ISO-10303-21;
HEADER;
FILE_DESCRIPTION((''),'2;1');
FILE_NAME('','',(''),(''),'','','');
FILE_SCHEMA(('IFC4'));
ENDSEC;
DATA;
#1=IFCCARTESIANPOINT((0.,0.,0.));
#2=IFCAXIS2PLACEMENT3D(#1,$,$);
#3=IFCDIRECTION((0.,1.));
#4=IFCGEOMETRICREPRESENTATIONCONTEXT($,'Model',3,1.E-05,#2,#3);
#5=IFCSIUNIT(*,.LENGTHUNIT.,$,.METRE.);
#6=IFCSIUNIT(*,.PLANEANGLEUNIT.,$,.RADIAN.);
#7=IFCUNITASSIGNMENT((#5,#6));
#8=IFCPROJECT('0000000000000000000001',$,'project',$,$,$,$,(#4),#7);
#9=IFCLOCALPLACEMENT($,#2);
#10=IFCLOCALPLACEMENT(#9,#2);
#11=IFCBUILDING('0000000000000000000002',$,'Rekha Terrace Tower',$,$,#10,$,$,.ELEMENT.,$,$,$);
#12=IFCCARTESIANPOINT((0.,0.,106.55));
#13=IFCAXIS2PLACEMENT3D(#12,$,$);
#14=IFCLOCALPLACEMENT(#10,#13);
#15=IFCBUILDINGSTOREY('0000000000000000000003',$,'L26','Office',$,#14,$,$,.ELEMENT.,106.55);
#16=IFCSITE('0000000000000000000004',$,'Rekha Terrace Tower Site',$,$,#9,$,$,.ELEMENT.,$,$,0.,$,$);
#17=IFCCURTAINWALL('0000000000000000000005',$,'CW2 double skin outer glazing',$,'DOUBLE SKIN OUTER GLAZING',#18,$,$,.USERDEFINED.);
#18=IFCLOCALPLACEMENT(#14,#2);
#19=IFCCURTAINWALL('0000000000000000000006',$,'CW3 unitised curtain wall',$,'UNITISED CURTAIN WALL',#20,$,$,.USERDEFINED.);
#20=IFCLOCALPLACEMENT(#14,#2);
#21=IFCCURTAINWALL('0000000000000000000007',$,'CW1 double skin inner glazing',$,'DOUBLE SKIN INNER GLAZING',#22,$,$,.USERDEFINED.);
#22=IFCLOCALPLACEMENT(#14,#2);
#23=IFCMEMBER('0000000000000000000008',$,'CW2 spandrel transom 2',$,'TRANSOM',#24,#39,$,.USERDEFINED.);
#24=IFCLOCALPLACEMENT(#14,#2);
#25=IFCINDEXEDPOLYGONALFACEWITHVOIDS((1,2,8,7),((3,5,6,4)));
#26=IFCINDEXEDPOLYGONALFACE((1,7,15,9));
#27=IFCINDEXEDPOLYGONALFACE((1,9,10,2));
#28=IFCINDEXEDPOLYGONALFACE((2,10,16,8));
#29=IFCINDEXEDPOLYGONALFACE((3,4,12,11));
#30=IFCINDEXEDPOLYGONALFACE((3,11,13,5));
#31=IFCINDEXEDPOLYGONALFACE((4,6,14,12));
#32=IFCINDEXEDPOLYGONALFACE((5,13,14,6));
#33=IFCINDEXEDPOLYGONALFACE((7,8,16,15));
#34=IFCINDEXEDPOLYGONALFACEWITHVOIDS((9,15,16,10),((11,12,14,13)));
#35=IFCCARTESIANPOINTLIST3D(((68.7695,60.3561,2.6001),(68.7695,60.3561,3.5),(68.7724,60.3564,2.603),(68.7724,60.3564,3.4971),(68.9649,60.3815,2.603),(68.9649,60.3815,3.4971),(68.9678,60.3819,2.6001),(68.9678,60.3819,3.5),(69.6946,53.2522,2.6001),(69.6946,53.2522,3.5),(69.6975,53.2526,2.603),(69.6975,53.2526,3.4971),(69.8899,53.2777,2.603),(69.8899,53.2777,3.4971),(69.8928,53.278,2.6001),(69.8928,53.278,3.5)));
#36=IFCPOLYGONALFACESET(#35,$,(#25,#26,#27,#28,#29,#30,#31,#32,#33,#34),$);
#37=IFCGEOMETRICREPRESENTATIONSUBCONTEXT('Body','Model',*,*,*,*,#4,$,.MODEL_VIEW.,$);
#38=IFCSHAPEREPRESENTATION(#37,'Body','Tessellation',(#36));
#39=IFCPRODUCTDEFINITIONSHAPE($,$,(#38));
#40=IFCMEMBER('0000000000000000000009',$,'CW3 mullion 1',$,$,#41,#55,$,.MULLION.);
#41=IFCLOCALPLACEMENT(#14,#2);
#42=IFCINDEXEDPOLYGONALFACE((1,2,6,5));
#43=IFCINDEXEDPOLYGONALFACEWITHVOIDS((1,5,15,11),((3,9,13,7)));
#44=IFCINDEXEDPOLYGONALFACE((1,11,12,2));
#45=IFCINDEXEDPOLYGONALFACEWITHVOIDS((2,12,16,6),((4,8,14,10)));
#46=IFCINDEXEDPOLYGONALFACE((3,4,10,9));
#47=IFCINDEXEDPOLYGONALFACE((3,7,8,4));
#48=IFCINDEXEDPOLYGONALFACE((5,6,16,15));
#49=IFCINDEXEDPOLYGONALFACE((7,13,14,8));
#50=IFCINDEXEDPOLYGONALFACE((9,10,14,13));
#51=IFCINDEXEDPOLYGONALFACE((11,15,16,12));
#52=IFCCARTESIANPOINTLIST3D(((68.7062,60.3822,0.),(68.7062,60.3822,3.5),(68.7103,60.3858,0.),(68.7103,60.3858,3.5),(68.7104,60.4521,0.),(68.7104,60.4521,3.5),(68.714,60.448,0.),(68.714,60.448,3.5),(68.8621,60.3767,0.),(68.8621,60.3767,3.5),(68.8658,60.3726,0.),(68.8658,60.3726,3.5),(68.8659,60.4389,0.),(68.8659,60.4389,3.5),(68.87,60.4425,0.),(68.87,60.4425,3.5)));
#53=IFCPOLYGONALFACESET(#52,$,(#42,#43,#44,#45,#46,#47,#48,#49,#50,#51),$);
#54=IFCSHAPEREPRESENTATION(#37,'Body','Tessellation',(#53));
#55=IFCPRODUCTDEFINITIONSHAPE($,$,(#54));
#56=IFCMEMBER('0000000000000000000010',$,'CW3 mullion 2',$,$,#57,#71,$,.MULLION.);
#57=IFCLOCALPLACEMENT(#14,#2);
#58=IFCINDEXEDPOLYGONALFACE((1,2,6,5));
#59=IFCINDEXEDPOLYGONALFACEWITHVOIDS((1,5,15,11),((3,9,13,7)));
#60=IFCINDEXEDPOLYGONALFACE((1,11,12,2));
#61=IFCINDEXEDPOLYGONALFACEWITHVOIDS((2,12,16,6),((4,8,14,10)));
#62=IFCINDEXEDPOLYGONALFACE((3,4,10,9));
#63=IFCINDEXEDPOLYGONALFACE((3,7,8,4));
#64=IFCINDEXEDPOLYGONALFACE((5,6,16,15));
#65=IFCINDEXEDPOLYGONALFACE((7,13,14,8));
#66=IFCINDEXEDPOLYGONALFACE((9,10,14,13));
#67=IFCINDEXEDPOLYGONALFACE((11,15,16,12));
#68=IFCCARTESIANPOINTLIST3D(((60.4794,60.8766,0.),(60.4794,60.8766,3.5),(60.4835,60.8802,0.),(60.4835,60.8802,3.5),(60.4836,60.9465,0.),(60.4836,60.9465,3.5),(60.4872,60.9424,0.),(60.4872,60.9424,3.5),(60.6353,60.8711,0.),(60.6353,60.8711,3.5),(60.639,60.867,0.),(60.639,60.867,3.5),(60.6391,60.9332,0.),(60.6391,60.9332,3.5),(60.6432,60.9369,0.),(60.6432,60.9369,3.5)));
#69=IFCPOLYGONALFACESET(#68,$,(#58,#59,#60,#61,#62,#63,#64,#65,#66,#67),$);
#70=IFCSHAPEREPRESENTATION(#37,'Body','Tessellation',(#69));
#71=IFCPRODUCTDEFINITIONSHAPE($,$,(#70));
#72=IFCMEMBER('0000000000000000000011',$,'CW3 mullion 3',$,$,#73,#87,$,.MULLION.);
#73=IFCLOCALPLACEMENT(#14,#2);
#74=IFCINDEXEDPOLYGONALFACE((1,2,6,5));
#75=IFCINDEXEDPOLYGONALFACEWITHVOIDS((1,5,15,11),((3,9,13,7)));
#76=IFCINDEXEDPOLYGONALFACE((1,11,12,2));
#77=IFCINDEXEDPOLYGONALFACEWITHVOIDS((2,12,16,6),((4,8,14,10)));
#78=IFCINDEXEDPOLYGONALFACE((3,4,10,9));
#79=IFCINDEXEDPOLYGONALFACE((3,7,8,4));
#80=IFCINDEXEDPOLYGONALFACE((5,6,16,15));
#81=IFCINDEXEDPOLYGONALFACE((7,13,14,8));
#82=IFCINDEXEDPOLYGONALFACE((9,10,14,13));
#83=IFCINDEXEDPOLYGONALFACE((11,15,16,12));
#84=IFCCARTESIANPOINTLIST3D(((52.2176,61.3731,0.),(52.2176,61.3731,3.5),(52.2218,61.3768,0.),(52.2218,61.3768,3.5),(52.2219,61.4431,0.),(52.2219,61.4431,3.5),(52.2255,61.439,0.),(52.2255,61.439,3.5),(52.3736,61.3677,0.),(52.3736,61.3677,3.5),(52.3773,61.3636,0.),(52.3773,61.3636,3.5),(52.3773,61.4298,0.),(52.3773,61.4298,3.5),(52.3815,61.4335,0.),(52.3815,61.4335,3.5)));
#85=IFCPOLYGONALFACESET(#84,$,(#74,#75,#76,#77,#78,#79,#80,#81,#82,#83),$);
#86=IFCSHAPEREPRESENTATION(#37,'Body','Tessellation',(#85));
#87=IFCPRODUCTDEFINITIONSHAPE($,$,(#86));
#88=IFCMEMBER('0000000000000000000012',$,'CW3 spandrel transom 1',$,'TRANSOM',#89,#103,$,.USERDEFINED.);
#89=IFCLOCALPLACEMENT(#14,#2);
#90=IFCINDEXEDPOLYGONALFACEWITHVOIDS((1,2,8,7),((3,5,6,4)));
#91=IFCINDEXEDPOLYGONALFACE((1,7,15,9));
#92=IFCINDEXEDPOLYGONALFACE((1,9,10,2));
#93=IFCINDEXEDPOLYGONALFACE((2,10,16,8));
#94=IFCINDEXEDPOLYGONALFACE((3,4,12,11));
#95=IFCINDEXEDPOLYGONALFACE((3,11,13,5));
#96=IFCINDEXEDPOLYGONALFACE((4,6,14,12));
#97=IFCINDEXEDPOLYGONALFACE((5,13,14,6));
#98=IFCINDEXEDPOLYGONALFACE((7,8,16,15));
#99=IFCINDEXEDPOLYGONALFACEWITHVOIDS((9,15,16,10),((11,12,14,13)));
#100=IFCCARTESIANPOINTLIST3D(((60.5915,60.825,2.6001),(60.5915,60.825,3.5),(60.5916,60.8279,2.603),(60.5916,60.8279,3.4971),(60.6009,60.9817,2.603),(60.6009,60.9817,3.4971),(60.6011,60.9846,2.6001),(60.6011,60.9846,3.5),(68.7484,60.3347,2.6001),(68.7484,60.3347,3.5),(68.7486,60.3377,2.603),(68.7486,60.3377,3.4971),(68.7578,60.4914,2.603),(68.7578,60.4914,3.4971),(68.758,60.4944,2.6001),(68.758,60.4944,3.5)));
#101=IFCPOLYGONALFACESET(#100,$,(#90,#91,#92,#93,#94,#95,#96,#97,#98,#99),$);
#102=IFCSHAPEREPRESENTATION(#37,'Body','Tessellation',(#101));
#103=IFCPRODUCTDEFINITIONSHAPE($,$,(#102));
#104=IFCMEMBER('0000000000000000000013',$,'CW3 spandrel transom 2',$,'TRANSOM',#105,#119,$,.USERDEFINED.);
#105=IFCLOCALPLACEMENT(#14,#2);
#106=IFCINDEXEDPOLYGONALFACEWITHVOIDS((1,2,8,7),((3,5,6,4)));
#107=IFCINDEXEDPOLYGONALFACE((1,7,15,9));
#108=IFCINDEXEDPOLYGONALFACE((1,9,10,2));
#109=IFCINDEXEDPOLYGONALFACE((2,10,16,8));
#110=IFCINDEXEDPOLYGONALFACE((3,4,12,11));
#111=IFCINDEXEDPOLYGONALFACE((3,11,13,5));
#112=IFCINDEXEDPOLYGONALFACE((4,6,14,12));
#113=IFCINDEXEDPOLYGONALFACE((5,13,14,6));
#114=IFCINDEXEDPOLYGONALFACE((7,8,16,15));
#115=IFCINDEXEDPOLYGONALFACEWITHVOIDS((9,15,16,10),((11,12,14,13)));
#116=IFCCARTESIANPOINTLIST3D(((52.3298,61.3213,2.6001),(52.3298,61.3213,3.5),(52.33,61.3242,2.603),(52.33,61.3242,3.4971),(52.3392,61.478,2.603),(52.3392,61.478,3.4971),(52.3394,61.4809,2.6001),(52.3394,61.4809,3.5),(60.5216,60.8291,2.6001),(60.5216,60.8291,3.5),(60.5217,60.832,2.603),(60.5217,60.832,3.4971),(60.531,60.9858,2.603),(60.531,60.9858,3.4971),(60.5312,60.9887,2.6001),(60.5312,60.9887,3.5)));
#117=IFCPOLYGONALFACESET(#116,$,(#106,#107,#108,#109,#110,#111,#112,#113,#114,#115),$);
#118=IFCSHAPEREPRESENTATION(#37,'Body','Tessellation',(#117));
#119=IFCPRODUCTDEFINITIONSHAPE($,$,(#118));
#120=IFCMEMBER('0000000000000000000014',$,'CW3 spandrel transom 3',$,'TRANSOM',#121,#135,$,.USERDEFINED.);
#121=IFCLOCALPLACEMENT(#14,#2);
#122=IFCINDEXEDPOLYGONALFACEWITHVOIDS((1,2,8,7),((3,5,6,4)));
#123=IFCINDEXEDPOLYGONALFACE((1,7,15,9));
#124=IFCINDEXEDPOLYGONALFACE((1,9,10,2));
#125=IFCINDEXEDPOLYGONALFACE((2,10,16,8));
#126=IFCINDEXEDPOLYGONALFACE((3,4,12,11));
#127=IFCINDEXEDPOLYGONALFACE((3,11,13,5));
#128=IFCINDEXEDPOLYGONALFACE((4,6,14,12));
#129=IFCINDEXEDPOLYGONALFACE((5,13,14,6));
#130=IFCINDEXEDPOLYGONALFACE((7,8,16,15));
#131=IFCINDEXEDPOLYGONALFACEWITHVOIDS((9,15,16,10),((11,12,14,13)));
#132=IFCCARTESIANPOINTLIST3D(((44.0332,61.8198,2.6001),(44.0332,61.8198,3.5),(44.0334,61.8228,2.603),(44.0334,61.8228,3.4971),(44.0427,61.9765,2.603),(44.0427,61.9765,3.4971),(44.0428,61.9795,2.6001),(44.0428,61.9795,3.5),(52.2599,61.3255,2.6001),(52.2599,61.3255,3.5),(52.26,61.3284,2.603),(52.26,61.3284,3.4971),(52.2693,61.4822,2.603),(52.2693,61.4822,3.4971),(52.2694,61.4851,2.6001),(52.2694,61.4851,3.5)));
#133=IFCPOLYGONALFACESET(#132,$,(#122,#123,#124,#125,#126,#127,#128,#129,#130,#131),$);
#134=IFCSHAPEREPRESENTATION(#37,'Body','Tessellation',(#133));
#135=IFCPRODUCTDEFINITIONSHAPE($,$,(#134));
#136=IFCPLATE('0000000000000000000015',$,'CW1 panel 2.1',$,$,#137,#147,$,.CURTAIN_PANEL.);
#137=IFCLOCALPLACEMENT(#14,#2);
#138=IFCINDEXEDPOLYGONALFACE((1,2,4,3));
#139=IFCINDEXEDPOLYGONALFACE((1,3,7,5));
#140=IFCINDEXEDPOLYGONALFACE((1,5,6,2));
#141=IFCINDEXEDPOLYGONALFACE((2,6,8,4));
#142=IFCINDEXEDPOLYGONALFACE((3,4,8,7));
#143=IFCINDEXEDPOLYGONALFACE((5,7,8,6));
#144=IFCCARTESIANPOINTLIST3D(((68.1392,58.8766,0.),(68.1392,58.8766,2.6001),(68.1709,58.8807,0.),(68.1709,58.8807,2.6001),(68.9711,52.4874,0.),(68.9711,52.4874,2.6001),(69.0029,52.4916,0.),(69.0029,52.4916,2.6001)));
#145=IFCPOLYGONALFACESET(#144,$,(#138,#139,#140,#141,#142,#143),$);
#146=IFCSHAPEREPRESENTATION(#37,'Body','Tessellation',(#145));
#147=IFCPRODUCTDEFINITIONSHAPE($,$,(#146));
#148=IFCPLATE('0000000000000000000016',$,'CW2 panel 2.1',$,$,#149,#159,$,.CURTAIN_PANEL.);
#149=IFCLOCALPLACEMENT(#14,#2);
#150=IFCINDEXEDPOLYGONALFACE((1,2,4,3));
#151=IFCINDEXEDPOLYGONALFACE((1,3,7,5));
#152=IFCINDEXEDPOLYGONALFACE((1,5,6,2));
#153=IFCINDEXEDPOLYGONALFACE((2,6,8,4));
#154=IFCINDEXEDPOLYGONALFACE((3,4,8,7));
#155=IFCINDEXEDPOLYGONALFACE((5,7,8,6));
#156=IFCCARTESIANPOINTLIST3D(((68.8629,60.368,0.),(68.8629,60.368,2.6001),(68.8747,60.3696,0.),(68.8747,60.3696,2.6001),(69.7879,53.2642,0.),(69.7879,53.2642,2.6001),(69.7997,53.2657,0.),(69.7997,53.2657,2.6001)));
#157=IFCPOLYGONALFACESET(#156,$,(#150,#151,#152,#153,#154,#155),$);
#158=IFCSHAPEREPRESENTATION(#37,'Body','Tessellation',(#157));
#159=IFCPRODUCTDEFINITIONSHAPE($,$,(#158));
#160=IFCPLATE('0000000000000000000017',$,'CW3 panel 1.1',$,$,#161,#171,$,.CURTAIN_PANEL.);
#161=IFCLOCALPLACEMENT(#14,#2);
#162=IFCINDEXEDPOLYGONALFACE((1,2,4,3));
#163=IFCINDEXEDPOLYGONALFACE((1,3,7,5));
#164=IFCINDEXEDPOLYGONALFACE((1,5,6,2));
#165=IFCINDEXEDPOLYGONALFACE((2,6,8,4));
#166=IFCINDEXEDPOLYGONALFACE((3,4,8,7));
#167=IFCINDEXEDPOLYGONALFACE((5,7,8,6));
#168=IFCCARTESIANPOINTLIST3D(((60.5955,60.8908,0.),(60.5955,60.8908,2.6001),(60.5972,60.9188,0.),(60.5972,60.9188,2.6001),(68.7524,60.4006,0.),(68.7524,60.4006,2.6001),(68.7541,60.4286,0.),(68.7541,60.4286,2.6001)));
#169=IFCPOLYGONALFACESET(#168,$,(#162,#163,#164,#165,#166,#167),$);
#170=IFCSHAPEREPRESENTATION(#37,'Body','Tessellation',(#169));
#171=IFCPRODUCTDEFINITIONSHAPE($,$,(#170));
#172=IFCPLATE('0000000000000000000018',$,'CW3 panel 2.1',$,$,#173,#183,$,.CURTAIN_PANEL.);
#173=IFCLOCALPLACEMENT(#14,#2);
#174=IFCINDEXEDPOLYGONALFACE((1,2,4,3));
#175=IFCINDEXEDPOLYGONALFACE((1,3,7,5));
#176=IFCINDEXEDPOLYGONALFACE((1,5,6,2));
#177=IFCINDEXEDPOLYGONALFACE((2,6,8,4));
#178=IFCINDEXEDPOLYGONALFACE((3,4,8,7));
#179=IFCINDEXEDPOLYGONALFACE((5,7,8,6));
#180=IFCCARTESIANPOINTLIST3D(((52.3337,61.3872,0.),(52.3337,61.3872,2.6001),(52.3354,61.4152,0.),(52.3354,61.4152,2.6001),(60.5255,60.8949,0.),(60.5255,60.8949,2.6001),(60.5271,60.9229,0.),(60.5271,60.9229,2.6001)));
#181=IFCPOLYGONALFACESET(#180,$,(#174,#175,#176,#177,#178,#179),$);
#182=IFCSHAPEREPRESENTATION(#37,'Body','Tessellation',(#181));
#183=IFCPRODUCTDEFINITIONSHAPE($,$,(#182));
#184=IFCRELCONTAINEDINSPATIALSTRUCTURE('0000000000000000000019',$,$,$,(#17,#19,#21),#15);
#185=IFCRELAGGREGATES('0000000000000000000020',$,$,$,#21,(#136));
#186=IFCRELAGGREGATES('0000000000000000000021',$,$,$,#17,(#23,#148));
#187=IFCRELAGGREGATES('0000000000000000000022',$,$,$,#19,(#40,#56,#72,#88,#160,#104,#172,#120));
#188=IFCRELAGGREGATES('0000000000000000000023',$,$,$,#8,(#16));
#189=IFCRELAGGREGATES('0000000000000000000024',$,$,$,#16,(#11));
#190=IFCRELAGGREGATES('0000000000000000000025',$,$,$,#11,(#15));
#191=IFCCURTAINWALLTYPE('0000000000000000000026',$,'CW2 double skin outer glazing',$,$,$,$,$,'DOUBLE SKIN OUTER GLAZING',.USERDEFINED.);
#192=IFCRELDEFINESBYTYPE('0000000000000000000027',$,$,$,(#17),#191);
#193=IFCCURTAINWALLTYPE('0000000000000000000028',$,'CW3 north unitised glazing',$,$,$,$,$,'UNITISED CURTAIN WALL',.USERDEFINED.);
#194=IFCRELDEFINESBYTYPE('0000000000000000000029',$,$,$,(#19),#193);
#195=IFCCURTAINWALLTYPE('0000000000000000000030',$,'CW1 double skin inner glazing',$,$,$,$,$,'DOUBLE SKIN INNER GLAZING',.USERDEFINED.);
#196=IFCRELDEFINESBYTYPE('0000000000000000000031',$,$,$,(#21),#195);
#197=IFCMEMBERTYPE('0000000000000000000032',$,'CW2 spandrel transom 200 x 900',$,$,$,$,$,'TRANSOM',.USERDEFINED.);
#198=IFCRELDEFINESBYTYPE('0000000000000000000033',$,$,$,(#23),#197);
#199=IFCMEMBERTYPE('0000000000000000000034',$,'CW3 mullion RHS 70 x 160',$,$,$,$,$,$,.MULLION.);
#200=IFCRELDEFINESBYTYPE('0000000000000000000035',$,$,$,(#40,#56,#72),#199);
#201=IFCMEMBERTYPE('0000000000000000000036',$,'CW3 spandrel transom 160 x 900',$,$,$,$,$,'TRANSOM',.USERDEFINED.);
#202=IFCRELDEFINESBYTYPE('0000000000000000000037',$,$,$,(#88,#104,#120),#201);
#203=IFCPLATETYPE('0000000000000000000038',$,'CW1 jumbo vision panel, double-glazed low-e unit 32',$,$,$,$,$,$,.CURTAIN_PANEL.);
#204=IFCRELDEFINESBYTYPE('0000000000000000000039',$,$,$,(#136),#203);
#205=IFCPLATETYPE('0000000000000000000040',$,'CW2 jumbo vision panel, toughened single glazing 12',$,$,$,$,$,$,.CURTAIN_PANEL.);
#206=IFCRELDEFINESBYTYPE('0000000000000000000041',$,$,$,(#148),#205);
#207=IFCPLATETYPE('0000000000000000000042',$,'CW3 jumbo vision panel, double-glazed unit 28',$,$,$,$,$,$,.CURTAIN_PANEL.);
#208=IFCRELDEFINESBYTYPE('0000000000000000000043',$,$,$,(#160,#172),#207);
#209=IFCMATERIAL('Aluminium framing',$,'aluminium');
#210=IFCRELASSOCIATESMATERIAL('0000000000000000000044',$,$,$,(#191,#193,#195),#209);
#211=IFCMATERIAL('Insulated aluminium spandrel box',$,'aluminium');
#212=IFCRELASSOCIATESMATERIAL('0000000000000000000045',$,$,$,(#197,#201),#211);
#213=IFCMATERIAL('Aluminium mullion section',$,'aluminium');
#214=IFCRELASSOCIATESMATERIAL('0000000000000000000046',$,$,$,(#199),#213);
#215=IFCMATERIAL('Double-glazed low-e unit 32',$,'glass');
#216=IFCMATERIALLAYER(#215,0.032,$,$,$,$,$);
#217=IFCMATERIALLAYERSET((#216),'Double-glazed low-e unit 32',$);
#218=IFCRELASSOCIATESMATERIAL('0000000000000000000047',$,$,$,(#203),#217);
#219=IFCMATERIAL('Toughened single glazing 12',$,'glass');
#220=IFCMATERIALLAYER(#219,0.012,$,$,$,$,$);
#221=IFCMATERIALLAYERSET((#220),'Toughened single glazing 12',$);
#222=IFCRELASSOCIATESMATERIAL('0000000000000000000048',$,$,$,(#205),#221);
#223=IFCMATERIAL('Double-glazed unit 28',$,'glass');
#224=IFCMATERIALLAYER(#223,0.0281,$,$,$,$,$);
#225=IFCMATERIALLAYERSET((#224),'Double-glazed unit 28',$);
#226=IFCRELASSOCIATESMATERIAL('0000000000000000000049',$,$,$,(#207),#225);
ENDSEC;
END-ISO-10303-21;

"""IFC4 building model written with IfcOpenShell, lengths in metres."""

from ifc_helpers import new_model, si_unit, direction, frame, origin, origin_2d, place, context, subcontext, project, spatial, rectangle, hollow_rectangle, extrude, material, layer, layer_set, material_profile, profile_set, type_object, element, aggregate, save


model = new_model("IFC4")

# Units and contexts
model_context = context("Model", 3, precision=1e-05, world=origin(), true_north=direction((0.0, 1.0)))
body_context = subcontext(model_context, "Body", "Model", "MODEL_VIEW")
ifc_project = project(units=[si_unit("LENGTHUNIT", "METRE"), si_unit("PLANEANGLEUNIT", "RADIAN")], contexts=[model_context])

# Site, building, storey
site_placement = place(None, origin())
site = spatial("IfcSite", under=ifc_project, at=site_placement, Name="Rekha Terrace Tower Site", CompositionType="ELEMENT", RefElevation=0.0)
building_placement = place(site_placement, origin())
building = spatial("IfcBuilding", under=site, at=building_placement, Name="Rekha Terrace Tower", CompositionType="ELEMENT")
storey_placement = place(building_placement, frame((0.0, 0.0, 106.55)))
storey = spatial("IfcBuildingStorey", under=building, at=storey_placement, Name="L26", Description="Office", CompositionType="ELEMENT", Elevation=106.55)

# Curtain wall
ifc_material_1 = material(Name="Aluminium framing", Category="aluminium")
curtain_wall_type_1 = type_object("IfcCurtainWallType", Name="CW2 double skin outer glazing", ElementType="DOUBLE SKIN OUTER GLAZING", PredefinedType="USERDEFINED", material=ifc_material_1)
curtain_wall_1_placement = place(storey_placement, origin())
curtain_wall_1 = element("IfcCurtainWall", 1, at=curtain_wall_1_placement, inside=storey, type_object=curtain_wall_type_1, Name="CW2 double skin outer glazing", ObjectType="DOUBLE SKIN OUTER GLAZING", PredefinedType="USERDEFINED")

# Curtain walls
curtain_wall_type_2 = type_object("IfcCurtainWallType", Name="CW3 north unitised glazing", ElementType="UNITISED CURTAIN WALL", PredefinedType="USERDEFINED", material=ifc_material_1)
curtain_wall_2_placement = place(storey_placement, origin())
curtain_wall_2 = element("IfcCurtainWall", 2, at=curtain_wall_2_placement, inside=storey, type_object=curtain_wall_type_2, Name="CW3 unitised curtain wall", ObjectType="UNITISED CURTAIN WALL", PredefinedType="USERDEFINED")
curtain_wall_type_3 = type_object("IfcCurtainWallType", Name="CW1 double skin inner glazing", ElementType="DOUBLE SKIN INNER GLAZING", PredefinedType="USERDEFINED", material=ifc_material_1)
curtain_wall_3_placement = place(storey_placement, origin())
curtain_wall_3 = element("IfcCurtainWall", 3, at=curtain_wall_3_placement, inside=storey, type_object=curtain_wall_type_3, Name="CW1 double skin inner glazing", ObjectType="DOUBLE SKIN INNER GLAZING", PredefinedType="USERDEFINED")
ifc_material_2 = material(Name="Aluminium mullion section", Category="aluminium")
ifc_material_3 = material(Name="Insulated aluminium spandrel box", Category="aluminium")

# Members
ifc_material_profile_1 = material_profile(ifc_material_3, hollow_rectangle(XDim=0.2, YDim=0.8999, WallThickness=0.0029, at=origin_2d()), Name="AL SPANDREL BOX 200x900")
ifc_profile_set_1 = profile_set([ifc_material_profile_1], Name="Insulated aluminium spandrel box")
member_type_1 = type_object("IfcMemberType", Name="CW2 spandrel transom 200 x 900", ElementType="TRANSOM", PredefinedType="USERDEFINED", material=ifc_profile_set_1)
member_1_placement = place(storey_placement, frame((69.7937, 53.2651, 3.05), z_axis=(-0.129129, 0.991628, 0.0), x_axis=(-0.991628, -0.129129, 0.0)))
member_1 = element("IfcMember", 4, at=member_1_placement, type_object=member_type_1, Name="CW2 spandrel transom 2", ObjectType="TRANSOM", PredefinedType="USERDEFINED", context=body_context, shape_type="SweptSolid", body=[
    extrude(hollow_rectangle(XDim=0.2, YDim=0.8999, WallThickness=0.0029, at=origin_2d()), origin(), (0.0, 0.0, 1.0), 7.1638),
])
ifc_material_profile_2 = material_profile(ifc_material_2, hollow_rectangle(XDim=0.0701, YDim=0.1599, WallThickness=0.0039, at=origin_2d()), Name="AL RHS 70x160")
ifc_profile_set_2 = profile_set([ifc_material_profile_2], Name="Aluminium mullion section")
member_type_2 = type_object("IfcMemberType", Name="CW3 mullion RHS 70 x 160", PredefinedType="MULLION", material=ifc_profile_set_2)
member_2_placement = place(storey_placement, frame((68.7881, 60.4124, 0.0), z_axis=(0.0, 0.0, 1.0), x_axis=(-0.059988, -0.998199, 0.0)))
member_2 = element("IfcMember", 5, at=member_2_placement, type_object=member_type_2, Name="CW3 mullion 1", PredefinedType="MULLION", context=body_context, shape_type="SweptSolid", body=[
    extrude(hollow_rectangle(XDim=0.0701, YDim=0.1599, WallThickness=0.0039, at=origin_2d()), origin(), (0.0, 0.0, 1.0), 3.5),
])
member_3_placement = place(storey_placement, frame((60.5613, 60.9067, 0.0), z_axis=(0.0, 0.0, 1.0), x_axis=(-0.059988, -0.998199, 0.0)))
member_3 = element("IfcMember", 6, at=member_3_placement, type_object=member_type_2, Name="CW3 mullion 2", PredefinedType="MULLION", context=body_context, shape_type="SweptSolid", body=[
    extrude(hollow_rectangle(XDim=0.0701, YDim=0.1599, WallThickness=0.0039, at=origin_2d()), origin(), (0.0, 0.0, 1.0), 3.5),
])
member_4_placement = place(storey_placement, frame((52.2996, 61.4033, 0.0), z_axis=(0.0, 0.0, 1.0), x_axis=(-0.059988, -0.998199, 0.0)))
member_4 = element("IfcMember", 7, at=member_4_placement, type_object=member_type_2, Name="CW3 mullion 3", PredefinedType="MULLION", context=body_context, shape_type="SweptSolid", body=[
    extrude(hollow_rectangle(XDim=0.0701, YDim=0.1599, WallThickness=0.0039, at=origin_2d()), origin(), (0.0, 0.0, 1.0), 3.5),
])
ifc_material_profile_3 = material_profile(ifc_material_3, hollow_rectangle(XDim=0.1599, YDim=0.8999, WallThickness=0.0029, at=origin_2d()), Name="AL SPANDREL BOX 160x900")
ifc_profile_set_3 = profile_set([ifc_material_profile_3], Name="Insulated aluminium spandrel box")
member_type_3 = type_object("IfcMemberType", Name="CW3 spandrel transom 160 x 900", ElementType="TRANSOM", PredefinedType="USERDEFINED", material=ifc_profile_set_3)
member_5_placement = place(storey_placement, frame((68.7532, 60.4146, 3.05), z_axis=(-0.998199, 0.059992, 0.0), x_axis=(-0.059992, -0.998199, 0.0)))
member_5 = element("IfcMember", 8, at=member_5_placement, type_object=member_type_3, Name="CW3 spandrel transom 1", ObjectType="TRANSOM", PredefinedType="USERDEFINED", context=body_context, shape_type="SweptSolid", body=[
    extrude(hollow_rectangle(XDim=0.1599, YDim=0.8999, WallThickness=0.0029, at=origin_2d()), origin(), (0.0, 0.0, 1.0), 8.1716),
])
member_6_placement = place(storey_placement, frame((60.5264, 60.9089, 3.05), z_axis=(-0.9982, 0.059976, 0.0), x_axis=(-0.059976, -0.9982, 0.0)))
member_6 = element("IfcMember", 9, at=member_6_placement, type_object=member_type_3, Name="CW3 spandrel transom 2", ObjectType="TRANSOM", PredefinedType="USERDEFINED", context=body_context, shape_type="SweptSolid", body=[
    extrude(hollow_rectangle(XDim=0.1599, YDim=0.8999, WallThickness=0.0029, at=origin_2d()), origin(), (0.0, 0.0, 1.0), 8.2065),
])
member_7_placement = place(storey_placement, frame((52.2646, 61.4053, 3.05), z_axis=(-0.998199, 0.059988, 0.0), x_axis=(-0.059988, -0.998199, 0.0)))
member_7 = element("IfcMember", 10, at=member_7_placement, type_object=member_type_3, Name="CW3 spandrel transom 3", ObjectType="TRANSOM", PredefinedType="USERDEFINED", context=body_context, shape_type="SweptSolid", body=[
    extrude(hollow_rectangle(XDim=0.1599, YDim=0.8999, WallThickness=0.0029, at=origin_2d()), origin(), (0.0, 0.0, 1.0), 8.2415),
])

# Plates
ifc_material_4 = material(Name="Double-glazed low-e unit 32", Category="glass")
ifc_layer_1 = layer(ifc_material_4, 0.032)
ifc_layer_set_1 = layer_set([ifc_layer_1], Name="Double-glazed low-e unit 32")
plate_type_1 = type_object("IfcPlateType", Name="CW1 jumbo vision panel, double-glazed low-e unit 32", PredefinedType="CURTAIN_PANEL", material=ifc_layer_set_1)
plate_1_placement = place(storey_placement, frame((68.571, 55.6841, 0.0), z_axis=(0.0, 0.0, 1.0), x_axis=(-0.129118, 0.991629, 0.0)))
plate_1 = element("IfcPlate", 11, at=plate_1_placement, type_object=plate_type_1, Name="CW1 panel 2.1", PredefinedType="CURTAIN_PANEL", context=body_context, shape_type="SweptSolid", body=[
    extrude(rectangle(XDim=6.4431, YDim=0.032, at=origin_2d()), origin(), (0.0, 0.0, 1.0), 2.6001),
])
aggregate(curtain_wall_3, [plate_1])
ifc_material_5 = material(Name="Toughened single glazing 12", Category="glass")
ifc_layer_2 = layer(ifc_material_5, 0.012)
ifc_layer_set_2 = layer_set([ifc_layer_2], Name="Toughened single glazing 12")
plate_type_2 = type_object("IfcPlateType", Name="CW2 jumbo vision panel, toughened single glazing 12", PredefinedType="CURTAIN_PANEL", material=ifc_layer_set_2)
plate_2_placement = place(storey_placement, frame((69.3313, 56.8169, 0.0), z_axis=(0.0, 0.0, 1.0), x_axis=(-0.129118, 0.991629, 0.0)))
plate_2 = element("IfcPlate", 12, at=plate_2_placement, type_object=plate_type_2, Name="CW2 panel 2.1", PredefinedType="CURTAIN_PANEL", context=body_context, shape_type="SweptSolid", body=[
    extrude(rectangle(XDim=7.1638, YDim=0.012, at=origin_2d()), origin(), (0.0, 0.0, 1.0), 2.6001),
])
aggregate(curtain_wall_1, [member_1, plate_2])
ifc_material_6 = material(Name="Double-glazed unit 28", Category="glass")
ifc_layer_3 = layer(ifc_material_6, 0.0281)
ifc_layer_set_3 = layer_set([ifc_layer_3], Name="Double-glazed unit 28")
plate_type_3 = type_object("IfcPlateType", Name="CW3 jumbo vision panel, double-glazed unit 28", PredefinedType="CURTAIN_PANEL", material=ifc_layer_set_3)
plate_3_placement = place(storey_placement, frame((64.6748, 60.6597, 0.0), z_axis=(0.0, 0.0, 1.0), x_axis=(-0.998199, 0.059988, 0.0)))
plate_3 = element("IfcPlate", 13, at=plate_3_placement, type_object=plate_type_3, Name="CW3 panel 1.1", PredefinedType="CURTAIN_PANEL", context=body_context, shape_type="SweptSolid", body=[
    extrude(rectangle(XDim=8.1716, YDim=0.0281, at=origin_2d()), origin(), (0.0, 0.0, 1.0), 2.6001),
])
plate_4_placement = place(storey_placement, frame((56.4304, 61.155, 0.0), z_axis=(0.0, 0.0, 1.0), x_axis=(-0.998199, 0.059988, 0.0)))
plate_4 = element("IfcPlate", 14, at=plate_4_placement, type_object=plate_type_3, Name="CW3 panel 2.1", PredefinedType="CURTAIN_PANEL", context=body_context, shape_type="SweptSolid", body=[
    extrude(rectangle(XDim=8.2065, YDim=0.0281, at=origin_2d()), origin(), (0.0, 0.0, 1.0), 2.6001),
])
aggregate(curtain_wall_2, [member_2, member_3, member_4, member_5, plate_3, member_6, plate_4, member_7])

save(model, "model.ifc")
